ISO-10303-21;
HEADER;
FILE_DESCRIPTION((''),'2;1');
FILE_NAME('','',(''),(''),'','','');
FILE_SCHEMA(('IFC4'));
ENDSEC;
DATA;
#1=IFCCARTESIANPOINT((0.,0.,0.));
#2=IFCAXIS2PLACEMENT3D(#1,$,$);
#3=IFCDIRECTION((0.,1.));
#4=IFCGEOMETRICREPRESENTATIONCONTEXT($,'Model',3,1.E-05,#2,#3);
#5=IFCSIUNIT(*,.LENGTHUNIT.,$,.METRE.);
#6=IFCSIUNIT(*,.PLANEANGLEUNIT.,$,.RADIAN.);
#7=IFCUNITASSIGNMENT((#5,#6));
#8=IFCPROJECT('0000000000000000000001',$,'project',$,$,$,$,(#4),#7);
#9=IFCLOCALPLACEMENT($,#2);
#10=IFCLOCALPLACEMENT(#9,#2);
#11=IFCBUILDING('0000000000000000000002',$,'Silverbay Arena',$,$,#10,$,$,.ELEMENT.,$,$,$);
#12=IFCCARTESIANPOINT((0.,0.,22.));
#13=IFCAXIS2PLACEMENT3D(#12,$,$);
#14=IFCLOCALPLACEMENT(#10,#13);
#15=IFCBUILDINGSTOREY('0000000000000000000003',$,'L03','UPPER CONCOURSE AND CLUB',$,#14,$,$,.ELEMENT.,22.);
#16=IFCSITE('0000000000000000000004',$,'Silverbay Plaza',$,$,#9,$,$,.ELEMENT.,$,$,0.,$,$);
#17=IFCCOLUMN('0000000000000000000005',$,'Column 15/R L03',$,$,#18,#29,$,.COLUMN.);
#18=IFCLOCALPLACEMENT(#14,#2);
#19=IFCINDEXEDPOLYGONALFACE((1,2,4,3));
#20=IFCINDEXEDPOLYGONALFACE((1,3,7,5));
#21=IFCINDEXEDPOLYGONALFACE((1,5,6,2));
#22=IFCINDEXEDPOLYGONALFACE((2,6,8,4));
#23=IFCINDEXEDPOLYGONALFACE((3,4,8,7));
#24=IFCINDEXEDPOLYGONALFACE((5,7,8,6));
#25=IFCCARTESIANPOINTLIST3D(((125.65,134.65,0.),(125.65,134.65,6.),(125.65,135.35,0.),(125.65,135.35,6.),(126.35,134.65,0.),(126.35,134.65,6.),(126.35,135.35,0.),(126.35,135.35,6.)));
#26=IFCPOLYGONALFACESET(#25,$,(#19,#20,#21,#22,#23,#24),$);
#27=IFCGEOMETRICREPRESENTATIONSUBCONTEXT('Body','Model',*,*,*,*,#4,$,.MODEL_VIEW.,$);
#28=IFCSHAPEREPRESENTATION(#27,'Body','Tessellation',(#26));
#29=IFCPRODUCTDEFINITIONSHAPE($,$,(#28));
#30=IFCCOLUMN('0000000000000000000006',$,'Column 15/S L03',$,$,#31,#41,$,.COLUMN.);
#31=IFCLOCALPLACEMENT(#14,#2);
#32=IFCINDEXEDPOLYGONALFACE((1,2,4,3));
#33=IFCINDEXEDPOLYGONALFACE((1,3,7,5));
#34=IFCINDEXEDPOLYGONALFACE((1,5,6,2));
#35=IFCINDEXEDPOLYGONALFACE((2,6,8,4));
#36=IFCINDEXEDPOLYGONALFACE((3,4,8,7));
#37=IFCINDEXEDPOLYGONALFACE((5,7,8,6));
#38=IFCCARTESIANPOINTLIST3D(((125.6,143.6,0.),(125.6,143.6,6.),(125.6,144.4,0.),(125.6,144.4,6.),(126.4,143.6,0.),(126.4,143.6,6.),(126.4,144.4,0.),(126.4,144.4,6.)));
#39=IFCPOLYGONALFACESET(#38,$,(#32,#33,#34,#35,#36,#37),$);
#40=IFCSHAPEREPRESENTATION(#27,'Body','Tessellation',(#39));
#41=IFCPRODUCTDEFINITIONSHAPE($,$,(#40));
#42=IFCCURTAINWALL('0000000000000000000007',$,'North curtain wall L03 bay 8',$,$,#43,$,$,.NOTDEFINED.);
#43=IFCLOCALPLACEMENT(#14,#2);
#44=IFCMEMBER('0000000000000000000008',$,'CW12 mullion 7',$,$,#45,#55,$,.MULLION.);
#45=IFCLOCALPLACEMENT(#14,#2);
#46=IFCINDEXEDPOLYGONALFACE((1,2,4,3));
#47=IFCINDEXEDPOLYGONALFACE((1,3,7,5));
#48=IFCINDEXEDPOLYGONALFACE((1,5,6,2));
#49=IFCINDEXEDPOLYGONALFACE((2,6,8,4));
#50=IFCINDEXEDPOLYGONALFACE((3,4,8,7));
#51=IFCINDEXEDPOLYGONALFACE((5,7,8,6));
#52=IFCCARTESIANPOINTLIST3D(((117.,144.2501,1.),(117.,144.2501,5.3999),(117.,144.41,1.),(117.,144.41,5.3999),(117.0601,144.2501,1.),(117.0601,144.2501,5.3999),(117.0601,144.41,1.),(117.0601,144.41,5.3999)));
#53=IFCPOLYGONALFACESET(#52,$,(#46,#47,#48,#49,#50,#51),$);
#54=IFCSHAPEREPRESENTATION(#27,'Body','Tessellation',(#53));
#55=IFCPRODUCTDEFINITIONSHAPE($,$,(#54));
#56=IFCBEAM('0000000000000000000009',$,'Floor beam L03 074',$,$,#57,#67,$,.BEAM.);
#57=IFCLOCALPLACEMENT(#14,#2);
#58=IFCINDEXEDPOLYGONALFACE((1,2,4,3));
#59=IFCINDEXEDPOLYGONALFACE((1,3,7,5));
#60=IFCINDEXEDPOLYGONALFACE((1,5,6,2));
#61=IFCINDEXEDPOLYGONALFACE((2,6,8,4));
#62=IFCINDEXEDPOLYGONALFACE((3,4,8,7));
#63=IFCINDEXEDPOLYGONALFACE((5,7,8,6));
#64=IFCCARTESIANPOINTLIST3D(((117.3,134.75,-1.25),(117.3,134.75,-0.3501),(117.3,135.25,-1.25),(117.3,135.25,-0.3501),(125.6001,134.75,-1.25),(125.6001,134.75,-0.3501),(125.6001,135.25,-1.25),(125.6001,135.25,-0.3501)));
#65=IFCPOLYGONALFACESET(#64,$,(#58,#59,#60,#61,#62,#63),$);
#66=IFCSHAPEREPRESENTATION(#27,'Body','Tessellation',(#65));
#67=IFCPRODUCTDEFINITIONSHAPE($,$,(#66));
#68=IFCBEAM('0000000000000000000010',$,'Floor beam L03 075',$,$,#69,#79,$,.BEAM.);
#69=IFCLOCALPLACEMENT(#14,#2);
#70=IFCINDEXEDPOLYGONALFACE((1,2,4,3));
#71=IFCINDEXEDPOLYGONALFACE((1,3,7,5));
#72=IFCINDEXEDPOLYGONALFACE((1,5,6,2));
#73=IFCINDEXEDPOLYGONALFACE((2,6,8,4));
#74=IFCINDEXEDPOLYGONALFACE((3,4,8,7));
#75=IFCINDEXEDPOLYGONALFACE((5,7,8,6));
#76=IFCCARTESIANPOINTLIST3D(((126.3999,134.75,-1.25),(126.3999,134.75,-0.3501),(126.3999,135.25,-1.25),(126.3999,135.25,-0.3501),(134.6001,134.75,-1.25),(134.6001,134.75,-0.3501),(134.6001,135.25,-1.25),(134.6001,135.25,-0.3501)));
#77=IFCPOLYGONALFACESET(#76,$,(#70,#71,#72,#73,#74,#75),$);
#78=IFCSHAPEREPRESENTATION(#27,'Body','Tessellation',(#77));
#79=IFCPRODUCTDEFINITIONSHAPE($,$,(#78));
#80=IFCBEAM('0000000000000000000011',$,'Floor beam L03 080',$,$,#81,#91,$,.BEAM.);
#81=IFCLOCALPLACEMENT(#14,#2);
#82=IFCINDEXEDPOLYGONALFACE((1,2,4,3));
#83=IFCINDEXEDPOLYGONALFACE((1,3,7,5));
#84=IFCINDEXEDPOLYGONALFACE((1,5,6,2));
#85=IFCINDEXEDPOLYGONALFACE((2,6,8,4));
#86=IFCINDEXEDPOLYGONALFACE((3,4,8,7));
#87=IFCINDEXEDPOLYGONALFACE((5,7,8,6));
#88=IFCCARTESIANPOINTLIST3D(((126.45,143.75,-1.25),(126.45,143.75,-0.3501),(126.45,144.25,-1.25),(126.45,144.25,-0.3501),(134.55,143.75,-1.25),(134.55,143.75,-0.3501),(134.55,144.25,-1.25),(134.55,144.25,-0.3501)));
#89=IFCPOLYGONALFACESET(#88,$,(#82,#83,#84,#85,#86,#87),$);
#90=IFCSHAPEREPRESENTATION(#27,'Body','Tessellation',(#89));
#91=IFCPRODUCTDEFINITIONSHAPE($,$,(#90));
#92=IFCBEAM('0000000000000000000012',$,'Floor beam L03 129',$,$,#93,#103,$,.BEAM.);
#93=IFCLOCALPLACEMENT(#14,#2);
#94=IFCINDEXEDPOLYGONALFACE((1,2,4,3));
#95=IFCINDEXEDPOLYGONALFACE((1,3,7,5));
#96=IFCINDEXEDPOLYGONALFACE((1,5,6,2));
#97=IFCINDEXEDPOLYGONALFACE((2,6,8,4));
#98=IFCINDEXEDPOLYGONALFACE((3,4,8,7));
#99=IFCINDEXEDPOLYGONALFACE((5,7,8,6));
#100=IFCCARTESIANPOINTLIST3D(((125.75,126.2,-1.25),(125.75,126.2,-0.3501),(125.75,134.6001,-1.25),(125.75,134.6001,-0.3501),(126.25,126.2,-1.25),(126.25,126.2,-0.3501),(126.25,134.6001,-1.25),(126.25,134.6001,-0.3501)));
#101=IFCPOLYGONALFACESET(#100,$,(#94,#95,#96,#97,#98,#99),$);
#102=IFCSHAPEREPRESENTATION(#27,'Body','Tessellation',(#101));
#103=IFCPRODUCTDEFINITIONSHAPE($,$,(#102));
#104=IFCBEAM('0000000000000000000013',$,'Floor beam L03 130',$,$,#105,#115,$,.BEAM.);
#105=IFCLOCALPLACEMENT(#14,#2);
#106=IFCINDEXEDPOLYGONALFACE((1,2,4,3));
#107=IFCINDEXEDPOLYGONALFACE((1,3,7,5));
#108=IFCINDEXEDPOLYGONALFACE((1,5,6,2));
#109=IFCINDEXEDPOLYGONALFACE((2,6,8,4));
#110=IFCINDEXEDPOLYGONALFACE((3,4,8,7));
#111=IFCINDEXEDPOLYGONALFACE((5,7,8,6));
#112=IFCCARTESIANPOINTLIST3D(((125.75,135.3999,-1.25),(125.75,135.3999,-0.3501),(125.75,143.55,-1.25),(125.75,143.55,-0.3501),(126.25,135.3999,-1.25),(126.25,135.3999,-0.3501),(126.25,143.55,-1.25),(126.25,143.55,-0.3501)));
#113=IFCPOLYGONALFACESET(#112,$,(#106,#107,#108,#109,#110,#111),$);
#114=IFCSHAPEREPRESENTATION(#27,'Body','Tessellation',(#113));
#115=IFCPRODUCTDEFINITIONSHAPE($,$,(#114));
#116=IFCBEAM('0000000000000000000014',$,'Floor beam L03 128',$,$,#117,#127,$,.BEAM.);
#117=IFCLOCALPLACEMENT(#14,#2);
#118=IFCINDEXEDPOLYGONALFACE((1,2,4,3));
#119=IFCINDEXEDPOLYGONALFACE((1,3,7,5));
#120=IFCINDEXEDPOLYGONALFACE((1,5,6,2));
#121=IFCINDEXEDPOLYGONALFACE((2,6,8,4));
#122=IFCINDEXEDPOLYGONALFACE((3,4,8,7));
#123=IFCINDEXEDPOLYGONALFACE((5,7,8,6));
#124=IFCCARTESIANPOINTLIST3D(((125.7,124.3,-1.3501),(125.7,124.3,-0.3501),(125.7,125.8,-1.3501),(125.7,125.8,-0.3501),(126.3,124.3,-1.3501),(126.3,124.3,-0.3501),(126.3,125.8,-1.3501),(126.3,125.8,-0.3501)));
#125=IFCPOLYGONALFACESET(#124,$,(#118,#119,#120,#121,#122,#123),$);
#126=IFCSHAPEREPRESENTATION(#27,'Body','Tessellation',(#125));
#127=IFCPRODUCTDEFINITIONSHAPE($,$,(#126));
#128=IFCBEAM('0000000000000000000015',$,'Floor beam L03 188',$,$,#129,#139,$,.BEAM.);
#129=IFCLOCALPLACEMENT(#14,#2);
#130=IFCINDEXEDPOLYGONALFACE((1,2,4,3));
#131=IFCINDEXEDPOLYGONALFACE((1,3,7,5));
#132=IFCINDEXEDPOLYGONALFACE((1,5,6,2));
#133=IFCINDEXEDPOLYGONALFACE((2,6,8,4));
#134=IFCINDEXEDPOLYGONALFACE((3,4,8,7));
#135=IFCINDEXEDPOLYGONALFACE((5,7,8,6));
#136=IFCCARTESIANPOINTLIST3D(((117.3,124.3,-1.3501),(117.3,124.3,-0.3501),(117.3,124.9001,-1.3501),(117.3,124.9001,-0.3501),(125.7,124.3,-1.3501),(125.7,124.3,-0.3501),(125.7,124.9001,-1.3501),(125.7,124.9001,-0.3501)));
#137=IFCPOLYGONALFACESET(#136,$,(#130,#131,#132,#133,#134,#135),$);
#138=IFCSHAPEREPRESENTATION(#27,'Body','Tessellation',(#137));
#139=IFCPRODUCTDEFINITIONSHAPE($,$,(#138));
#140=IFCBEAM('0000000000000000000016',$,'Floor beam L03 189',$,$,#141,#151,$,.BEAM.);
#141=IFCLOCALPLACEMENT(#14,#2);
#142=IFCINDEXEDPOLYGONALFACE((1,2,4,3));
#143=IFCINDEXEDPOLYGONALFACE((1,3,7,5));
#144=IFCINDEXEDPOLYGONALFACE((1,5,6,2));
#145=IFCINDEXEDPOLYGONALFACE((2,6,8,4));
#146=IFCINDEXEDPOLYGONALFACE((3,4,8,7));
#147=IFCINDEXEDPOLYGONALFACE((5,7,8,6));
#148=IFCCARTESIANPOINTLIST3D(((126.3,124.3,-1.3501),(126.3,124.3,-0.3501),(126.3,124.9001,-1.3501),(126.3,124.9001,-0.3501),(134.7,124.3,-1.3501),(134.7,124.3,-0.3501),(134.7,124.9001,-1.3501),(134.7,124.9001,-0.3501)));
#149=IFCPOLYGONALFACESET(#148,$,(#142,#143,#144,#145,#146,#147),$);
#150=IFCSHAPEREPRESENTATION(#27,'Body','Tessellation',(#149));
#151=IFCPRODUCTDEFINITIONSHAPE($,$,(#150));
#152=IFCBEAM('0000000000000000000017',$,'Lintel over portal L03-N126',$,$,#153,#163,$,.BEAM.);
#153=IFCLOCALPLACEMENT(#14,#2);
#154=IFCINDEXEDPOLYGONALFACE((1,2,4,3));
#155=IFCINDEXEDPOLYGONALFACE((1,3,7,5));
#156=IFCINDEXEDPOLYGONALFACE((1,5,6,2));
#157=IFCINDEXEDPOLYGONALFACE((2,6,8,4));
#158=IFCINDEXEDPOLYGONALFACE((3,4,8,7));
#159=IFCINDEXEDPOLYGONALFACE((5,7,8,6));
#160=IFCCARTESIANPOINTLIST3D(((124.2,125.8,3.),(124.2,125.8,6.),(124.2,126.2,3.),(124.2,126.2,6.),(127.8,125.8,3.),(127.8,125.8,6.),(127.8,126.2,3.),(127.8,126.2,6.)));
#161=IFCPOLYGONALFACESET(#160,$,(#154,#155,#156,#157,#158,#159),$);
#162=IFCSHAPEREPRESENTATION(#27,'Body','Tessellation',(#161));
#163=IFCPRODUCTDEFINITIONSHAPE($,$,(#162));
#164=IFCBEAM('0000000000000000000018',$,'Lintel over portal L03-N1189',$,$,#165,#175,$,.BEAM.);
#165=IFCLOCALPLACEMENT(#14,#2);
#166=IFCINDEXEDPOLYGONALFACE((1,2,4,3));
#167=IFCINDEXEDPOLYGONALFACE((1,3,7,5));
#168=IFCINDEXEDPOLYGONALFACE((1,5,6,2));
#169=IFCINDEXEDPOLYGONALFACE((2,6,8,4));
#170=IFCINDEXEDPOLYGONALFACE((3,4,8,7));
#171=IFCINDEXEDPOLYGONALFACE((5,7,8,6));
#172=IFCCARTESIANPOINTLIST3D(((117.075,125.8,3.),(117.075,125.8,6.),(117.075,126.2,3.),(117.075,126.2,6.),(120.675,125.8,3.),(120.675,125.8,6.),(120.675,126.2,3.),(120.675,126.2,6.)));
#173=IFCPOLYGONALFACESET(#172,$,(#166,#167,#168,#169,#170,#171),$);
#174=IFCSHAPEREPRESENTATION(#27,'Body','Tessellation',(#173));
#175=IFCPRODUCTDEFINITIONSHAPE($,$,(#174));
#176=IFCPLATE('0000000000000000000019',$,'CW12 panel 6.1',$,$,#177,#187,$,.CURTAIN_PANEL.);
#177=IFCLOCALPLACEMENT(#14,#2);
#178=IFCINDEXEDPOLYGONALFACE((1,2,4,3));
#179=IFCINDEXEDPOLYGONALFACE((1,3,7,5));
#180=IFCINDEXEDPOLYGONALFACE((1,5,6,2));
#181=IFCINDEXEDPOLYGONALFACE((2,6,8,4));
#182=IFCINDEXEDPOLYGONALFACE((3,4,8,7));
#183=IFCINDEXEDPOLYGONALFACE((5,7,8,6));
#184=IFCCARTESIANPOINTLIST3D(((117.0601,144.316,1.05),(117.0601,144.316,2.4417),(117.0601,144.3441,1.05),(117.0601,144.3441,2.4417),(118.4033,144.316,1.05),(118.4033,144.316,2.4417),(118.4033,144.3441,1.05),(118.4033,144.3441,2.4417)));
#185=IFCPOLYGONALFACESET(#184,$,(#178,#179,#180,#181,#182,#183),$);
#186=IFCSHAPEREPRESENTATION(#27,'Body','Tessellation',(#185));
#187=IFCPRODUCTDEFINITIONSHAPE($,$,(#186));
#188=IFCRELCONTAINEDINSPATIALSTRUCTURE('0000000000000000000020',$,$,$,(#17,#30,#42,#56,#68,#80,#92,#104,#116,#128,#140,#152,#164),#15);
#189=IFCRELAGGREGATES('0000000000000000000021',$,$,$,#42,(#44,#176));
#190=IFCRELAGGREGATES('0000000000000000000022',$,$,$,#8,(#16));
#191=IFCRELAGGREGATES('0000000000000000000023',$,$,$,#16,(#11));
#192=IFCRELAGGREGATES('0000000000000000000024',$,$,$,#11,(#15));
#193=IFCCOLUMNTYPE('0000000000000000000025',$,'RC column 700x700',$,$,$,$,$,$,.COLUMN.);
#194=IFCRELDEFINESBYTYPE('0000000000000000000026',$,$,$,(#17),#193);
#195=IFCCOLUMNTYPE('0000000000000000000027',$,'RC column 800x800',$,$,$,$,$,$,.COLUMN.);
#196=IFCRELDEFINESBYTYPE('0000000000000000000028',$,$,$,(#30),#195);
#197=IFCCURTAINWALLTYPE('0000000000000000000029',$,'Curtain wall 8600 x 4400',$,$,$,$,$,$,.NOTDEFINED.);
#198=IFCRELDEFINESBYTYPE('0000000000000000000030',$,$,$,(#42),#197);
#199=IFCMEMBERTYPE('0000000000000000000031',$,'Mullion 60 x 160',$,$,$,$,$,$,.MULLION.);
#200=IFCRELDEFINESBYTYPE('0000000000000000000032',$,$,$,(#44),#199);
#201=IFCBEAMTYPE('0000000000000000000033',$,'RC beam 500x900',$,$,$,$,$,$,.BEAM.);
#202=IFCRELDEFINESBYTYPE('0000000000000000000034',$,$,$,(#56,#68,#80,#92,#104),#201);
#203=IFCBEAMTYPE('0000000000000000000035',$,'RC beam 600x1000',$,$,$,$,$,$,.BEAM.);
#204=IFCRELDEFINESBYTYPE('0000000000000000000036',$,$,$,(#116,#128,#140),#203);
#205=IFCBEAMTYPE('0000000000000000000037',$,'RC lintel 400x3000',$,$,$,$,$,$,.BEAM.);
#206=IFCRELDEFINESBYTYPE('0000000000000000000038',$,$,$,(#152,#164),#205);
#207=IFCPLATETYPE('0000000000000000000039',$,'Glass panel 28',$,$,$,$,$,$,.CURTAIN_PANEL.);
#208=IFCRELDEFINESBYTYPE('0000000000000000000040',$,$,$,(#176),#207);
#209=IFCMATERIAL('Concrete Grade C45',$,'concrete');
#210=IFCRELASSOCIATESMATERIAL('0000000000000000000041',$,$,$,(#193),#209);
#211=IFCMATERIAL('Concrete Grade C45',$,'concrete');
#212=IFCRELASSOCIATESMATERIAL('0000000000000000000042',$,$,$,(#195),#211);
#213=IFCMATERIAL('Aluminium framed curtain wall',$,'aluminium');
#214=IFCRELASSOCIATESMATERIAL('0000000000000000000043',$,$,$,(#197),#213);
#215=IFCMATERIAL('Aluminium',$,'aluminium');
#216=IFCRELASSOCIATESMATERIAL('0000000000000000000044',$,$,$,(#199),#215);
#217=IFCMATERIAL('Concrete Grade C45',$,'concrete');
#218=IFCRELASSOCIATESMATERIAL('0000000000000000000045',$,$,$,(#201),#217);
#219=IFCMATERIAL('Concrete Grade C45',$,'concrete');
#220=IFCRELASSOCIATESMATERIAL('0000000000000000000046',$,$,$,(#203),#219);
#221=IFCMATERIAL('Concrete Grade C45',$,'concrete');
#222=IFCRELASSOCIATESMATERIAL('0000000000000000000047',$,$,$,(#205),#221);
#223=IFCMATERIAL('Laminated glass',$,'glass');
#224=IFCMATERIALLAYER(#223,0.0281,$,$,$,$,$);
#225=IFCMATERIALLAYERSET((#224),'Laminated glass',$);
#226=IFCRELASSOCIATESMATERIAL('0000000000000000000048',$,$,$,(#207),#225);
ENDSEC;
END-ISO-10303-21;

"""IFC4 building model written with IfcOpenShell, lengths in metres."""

from ifc_helpers import new_model, si_unit, direction, frame, origin, origin_2d, place, context, subcontext, project, spatial, rectangle, extrude, material, layer, layer_set, material_profile, profile_set, type_object, element, aggregate, save


model = new_model("IFC4")

# Units and contexts
model_context = context("Model", 3, precision=1e-05, world=origin(), true_north=direction((0.0, 1.0)))
body_context = subcontext(model_context, "Body", "Model", "MODEL_VIEW")
ifc_project = project(units=[si_unit("LENGTHUNIT", "METRE"), si_unit("PLANEANGLEUNIT", "RADIAN")], contexts=[model_context])

# Site, building, storey
site_placement = place(None, origin())
site = spatial("IfcSite", under=ifc_project, at=site_placement, Name="Silverbay Plaza", CompositionType="ELEMENT", RefElevation=0.0)
building_placement = place(site_placement, origin())
building = spatial("IfcBuilding", under=site, at=building_placement, Name="Silverbay Arena", CompositionType="ELEMENT")
storey_placement = place(building_placement, frame((0.0, 0.0, 22.0)))
storey = spatial("IfcBuildingStorey", under=building, at=storey_placement, Name="L03", Description="UPPER CONCOURSE AND CLUB", CompositionType="ELEMENT", Elevation=22.0)

# Columns
ifc_material_1 = material(Name="Concrete Grade C45", Category="concrete")
ifc_material_profile_1 = material_profile(ifc_material_1, rectangle(XDim=0.7, YDim=0.7, at=origin_2d()), Name="RC 700x700")
ifc_profile_set_1 = profile_set([ifc_material_profile_1], Name="Concrete Grade C45")
column_type_1 = type_object("IfcColumnType", Name="RC column 700x700", PredefinedType="COLUMN", material=ifc_profile_set_1)
column_1_placement = place(storey_placement, frame((126.0, 135.0, 0.0), z_axis=(0.0, 0.0, 1.0), x_axis=(1.0, 0.0, 0.0)))
element("IfcColumn", 1, at=column_1_placement, inside=storey, type_object=column_type_1, Name="Column 15/R L03", PredefinedType="COLUMN", context=body_context, shape_type="SweptSolid", body=[
    extrude(rectangle(XDim=0.7, YDim=0.7, at=origin_2d()), origin(), (0.0, 0.0, 1.0), 6.0),
])
ifc_material_2 = material(Name="Concrete Grade C45", Category="concrete")
ifc_material_profile_2 = material_profile(ifc_material_2, rectangle(XDim=0.8, YDim=0.8, at=origin_2d()), Name="RC 800x800")
ifc_profile_set_2 = profile_set([ifc_material_profile_2], Name="Concrete Grade C45")
column_type_2 = type_object("IfcColumnType", Name="RC column 800x800", PredefinedType="COLUMN", material=ifc_profile_set_2)
column_2_placement = place(storey_placement, frame((126.0, 144.0, 0.0), z_axis=(0.0, 0.0, 1.0), x_axis=(1.0, 0.0, 0.0)))
element("IfcColumn", 2, at=column_2_placement, inside=storey, type_object=column_type_2, Name="Column 15/S L03", PredefinedType="COLUMN", context=body_context, shape_type="SweptSolid", body=[
    extrude(rectangle(XDim=0.8, YDim=0.8, at=origin_2d()), origin(), (0.0, 0.0, 1.0), 6.0),
])

# Curtain wall, member
ifc_material_3 = material(Name="Aluminium framed curtain wall", Category="aluminium")
curtain_wall_type = type_object("IfcCurtainWallType", Name="Curtain wall 8600 x 4400", PredefinedType="NOTDEFINED", material=ifc_material_3)
curtain_wall_placement = place(storey_placement, origin())
curtain_wall = element("IfcCurtainWall", 3, at=curtain_wall_placement, inside=storey, type_object=curtain_wall_type, Name="North curtain wall L03 bay 8", PredefinedType="NOTDEFINED")
ifc_material_4 = material(Name="Aluminium", Category="aluminium")
ifc_material_profile_3 = material_profile(ifc_material_4, rectangle(XDim=0.1599, YDim=0.0601, at=origin_2d()), Name="Mullion 60 x 160")
ifc_profile_set_3 = profile_set([ifc_material_profile_3], Name="Aluminium")
member_type = type_object("IfcMemberType", Name="Mullion 60 x 160", PredefinedType="MULLION", material=ifc_profile_set_3)
member_placement = place(storey_placement, frame((117.03, 144.3301, 1.0), z_axis=(0.0, 0.0, 1.0), x_axis=(0.0, -1.0, 0.0)))
member = element("IfcMember", 4, at=member_placement, type_object=member_type, Name="CW12 mullion 7", PredefinedType="MULLION", context=body_context, shape_type="SweptSolid", body=[
    extrude(rectangle(XDim=0.1599, YDim=0.0601, at=origin_2d()), origin(), (0.0, 0.0, 1.0), 4.3999),
])

# Beams
ifc_material_5 = material(Name="Concrete Grade C45", Category="concrete")
ifc_material_profile_4 = material_profile(ifc_material_5, rectangle(XDim=0.5, YDim=0.8999, at=origin_2d()), Name="RC 500x900")
ifc_profile_set_4 = profile_set([ifc_material_profile_4], Name="Concrete Grade C45")
beam_type_1 = type_object("IfcBeamType", Name="RC beam 500x900", PredefinedType="BEAM", material=ifc_profile_set_4)
beam_1_placement = place(storey_placement, frame((117.3, 135.0, -0.8), z_axis=(1.0, 0.0, 0.0), x_axis=(0.0, 1.0, 0.0)))
element("IfcBeam", 5, at=beam_1_placement, inside=storey, type_object=beam_type_1, Name="Floor beam L03 074", PredefinedType="BEAM", context=body_context, shape_type="SweptSolid", body=[
    extrude(rectangle(XDim=0.5, YDim=0.8999, at=origin_2d()), origin(), (0.0, 0.0, 1.0), 8.3),
])
beam_2_placement = place(storey_placement, frame((126.3999, 135.0, -0.8), z_axis=(1.0, 0.0, 0.0), x_axis=(0.0, 1.0, 0.0)))
element("IfcBeam", 6, at=beam_2_placement, inside=storey, type_object=beam_type_1, Name="Floor beam L03 075", PredefinedType="BEAM", context=body_context, shape_type="SweptSolid", body=[
    extrude(rectangle(XDim=0.5, YDim=0.8999, at=origin_2d()), origin(), (0.0, 0.0, 1.0), 8.2002),
])
beam_3_placement = place(storey_placement, frame((126.45, 144.0, -0.8), z_axis=(1.0, 0.0, 0.0), x_axis=(0.0, 1.0, 0.0)))
element("IfcBeam", 7, at=beam_3_placement, inside=storey, type_object=beam_type_1, Name="Floor beam L03 080", PredefinedType="BEAM", context=body_context, shape_type="SweptSolid", body=[
    extrude(rectangle(XDim=0.5, YDim=0.8999, at=origin_2d()), origin(), (0.0, 0.0, 1.0), 8.1001),
])
beam_4_placement = place(storey_placement, frame((126.0, 126.2, -0.8), z_axis=(0.0, 1.0, 0.0), x_axis=(-1.0, 0.0, 0.0)))
element("IfcBeam", 8, at=beam_4_placement, inside=storey, type_object=beam_type_1, Name="Floor beam L03 129", PredefinedType="BEAM", context=body_context, shape_type="SweptSolid", body=[
    extrude(rectangle(XDim=0.5, YDim=0.8999, at=origin_2d()), origin(), (0.0, 0.0, 1.0), 8.4001),
])
beam_5_placement = place(storey_placement, frame((126.0, 135.3999, -0.8), z_axis=(0.0, 1.0, 0.0), x_axis=(-1.0, 0.0, 0.0)))
element("IfcBeam", 9, at=beam_5_placement, inside=storey, type_object=beam_type_1, Name="Floor beam L03 130", PredefinedType="BEAM", context=body_context, shape_type="SweptSolid", body=[
    extrude(rectangle(XDim=0.5, YDim=0.8999, at=origin_2d()), origin(), (0.0, 0.0, 1.0), 8.1501),
])
ifc_material_6 = material(Name="Concrete Grade C45", Category="concrete")
ifc_material_profile_5 = material_profile(ifc_material_6, rectangle(XDim=0.6001, YDim=1.0, at=origin_2d()), Name="RC 600x1000")
ifc_profile_set_5 = profile_set([ifc_material_profile_5], Name="Concrete Grade C45")
beam_type_2 = type_object("IfcBeamType", Name="RC beam 600x1000", PredefinedType="BEAM", material=ifc_profile_set_5)
beam_6_placement = place(storey_placement, frame((126.0, 124.3, -0.8501), z_axis=(0.0, 1.0, 0.0), x_axis=(-1.0, 0.0, 0.0)))
element("IfcBeam", 10, at=beam_6_placement, inside=storey, type_object=beam_type_2, Name="Floor beam L03 128", PredefinedType="BEAM", context=body_context, shape_type="SweptSolid", body=[
    extrude(rectangle(XDim=0.6001, YDim=1.0, at=origin_2d()), origin(), (0.0, 0.0, 1.0), 1.5),
])
for number, where, z_axis, x_axis, name in (
    (11, (117.3, 124.6001, -0.8501), (1.0, 0.0, 0.0), (0.0, 1.0, 0.0), "Floor beam L03 188"),
    (12, (126.3, 124.6001, -0.8501), (1.0, 0.0, 0.0), (0.0, 1.0, 0.0), "Floor beam L03 189"),
):
    element("IfcBeam", number, at=place(storey_placement, frame(where, z_axis=z_axis, x_axis=x_axis)), inside=storey, type_object=beam_type_2, Name=name, PredefinedType="BEAM", context=body_context, shape_type="SweptSolid", body=[
        extrude(rectangle(XDim=0.6001, YDim=1.0, at=origin_2d()), origin(), (0.0, 0.0, 1.0), 8.3999),
    ])
ifc_material_7 = material(Name="Concrete Grade C45", Category="concrete")
ifc_material_profile_6 = material_profile(ifc_material_7, rectangle(XDim=0.3999, YDim=3.0, at=origin_2d()), Name="RC 400x3000")
ifc_profile_set_6 = profile_set([ifc_material_profile_6], Name="Concrete Grade C45")
beam_type_3 = type_object("IfcBeamType", Name="RC lintel 400x3000", PredefinedType="BEAM", material=ifc_profile_set_6)
for number, where, z_axis, x_axis, name in (
    (13, (124.2, 126.0, 4.5), (1.0, 0.0, 0.0), (0.0, 1.0, 0.0), "Lintel over portal L03-N126"),
    (14, (117.075, 126.0, 4.5), (1.0, 0.0, 0.0), (0.0, 1.0, 0.0), "Lintel over portal L03-N1189"),
):
    element("IfcBeam", number, at=place(storey_placement, frame(where, z_axis=z_axis, x_axis=x_axis)), inside=storey, type_object=beam_type_3, Name=name, PredefinedType="BEAM", context=body_context, shape_type="SweptSolid", body=[
        extrude(rectangle(XDim=0.3999, YDim=3.0, at=origin_2d()), origin(), (0.0, 0.0, 1.0), 3.6001),
    ])

# Plate
ifc_material_8 = material(Name="Laminated glass", Category="glass")
ifc_layer_1 = layer(ifc_material_8, 0.0281)
ifc_layer_set_1 = layer_set([ifc_layer_1], Name="Laminated glass")
plate_type = type_object("IfcPlateType", Name="Glass panel 28", PredefinedType="CURTAIN_PANEL", material=ifc_layer_set_1)
plate_placement = place(storey_placement, frame((117.7317, 144.3301, 1.05), z_axis=(0.0, 0.0, 1.0), x_axis=(-1.0, 0.0, 0.0)))
plate = element("IfcPlate", 15, at=plate_placement, type_object=plate_type, Name="CW12 panel 6.1", PredefinedType="CURTAIN_PANEL", context=body_context, shape_type="SweptSolid", body=[
    extrude(rectangle(XDim=1.3433, YDim=0.0281, at=origin_2d()), origin(), (0.0, 0.0, 1.0), 1.3916),
])
aggregate(curtain_wall, [member, plate])

save(model, "model.ifc")
